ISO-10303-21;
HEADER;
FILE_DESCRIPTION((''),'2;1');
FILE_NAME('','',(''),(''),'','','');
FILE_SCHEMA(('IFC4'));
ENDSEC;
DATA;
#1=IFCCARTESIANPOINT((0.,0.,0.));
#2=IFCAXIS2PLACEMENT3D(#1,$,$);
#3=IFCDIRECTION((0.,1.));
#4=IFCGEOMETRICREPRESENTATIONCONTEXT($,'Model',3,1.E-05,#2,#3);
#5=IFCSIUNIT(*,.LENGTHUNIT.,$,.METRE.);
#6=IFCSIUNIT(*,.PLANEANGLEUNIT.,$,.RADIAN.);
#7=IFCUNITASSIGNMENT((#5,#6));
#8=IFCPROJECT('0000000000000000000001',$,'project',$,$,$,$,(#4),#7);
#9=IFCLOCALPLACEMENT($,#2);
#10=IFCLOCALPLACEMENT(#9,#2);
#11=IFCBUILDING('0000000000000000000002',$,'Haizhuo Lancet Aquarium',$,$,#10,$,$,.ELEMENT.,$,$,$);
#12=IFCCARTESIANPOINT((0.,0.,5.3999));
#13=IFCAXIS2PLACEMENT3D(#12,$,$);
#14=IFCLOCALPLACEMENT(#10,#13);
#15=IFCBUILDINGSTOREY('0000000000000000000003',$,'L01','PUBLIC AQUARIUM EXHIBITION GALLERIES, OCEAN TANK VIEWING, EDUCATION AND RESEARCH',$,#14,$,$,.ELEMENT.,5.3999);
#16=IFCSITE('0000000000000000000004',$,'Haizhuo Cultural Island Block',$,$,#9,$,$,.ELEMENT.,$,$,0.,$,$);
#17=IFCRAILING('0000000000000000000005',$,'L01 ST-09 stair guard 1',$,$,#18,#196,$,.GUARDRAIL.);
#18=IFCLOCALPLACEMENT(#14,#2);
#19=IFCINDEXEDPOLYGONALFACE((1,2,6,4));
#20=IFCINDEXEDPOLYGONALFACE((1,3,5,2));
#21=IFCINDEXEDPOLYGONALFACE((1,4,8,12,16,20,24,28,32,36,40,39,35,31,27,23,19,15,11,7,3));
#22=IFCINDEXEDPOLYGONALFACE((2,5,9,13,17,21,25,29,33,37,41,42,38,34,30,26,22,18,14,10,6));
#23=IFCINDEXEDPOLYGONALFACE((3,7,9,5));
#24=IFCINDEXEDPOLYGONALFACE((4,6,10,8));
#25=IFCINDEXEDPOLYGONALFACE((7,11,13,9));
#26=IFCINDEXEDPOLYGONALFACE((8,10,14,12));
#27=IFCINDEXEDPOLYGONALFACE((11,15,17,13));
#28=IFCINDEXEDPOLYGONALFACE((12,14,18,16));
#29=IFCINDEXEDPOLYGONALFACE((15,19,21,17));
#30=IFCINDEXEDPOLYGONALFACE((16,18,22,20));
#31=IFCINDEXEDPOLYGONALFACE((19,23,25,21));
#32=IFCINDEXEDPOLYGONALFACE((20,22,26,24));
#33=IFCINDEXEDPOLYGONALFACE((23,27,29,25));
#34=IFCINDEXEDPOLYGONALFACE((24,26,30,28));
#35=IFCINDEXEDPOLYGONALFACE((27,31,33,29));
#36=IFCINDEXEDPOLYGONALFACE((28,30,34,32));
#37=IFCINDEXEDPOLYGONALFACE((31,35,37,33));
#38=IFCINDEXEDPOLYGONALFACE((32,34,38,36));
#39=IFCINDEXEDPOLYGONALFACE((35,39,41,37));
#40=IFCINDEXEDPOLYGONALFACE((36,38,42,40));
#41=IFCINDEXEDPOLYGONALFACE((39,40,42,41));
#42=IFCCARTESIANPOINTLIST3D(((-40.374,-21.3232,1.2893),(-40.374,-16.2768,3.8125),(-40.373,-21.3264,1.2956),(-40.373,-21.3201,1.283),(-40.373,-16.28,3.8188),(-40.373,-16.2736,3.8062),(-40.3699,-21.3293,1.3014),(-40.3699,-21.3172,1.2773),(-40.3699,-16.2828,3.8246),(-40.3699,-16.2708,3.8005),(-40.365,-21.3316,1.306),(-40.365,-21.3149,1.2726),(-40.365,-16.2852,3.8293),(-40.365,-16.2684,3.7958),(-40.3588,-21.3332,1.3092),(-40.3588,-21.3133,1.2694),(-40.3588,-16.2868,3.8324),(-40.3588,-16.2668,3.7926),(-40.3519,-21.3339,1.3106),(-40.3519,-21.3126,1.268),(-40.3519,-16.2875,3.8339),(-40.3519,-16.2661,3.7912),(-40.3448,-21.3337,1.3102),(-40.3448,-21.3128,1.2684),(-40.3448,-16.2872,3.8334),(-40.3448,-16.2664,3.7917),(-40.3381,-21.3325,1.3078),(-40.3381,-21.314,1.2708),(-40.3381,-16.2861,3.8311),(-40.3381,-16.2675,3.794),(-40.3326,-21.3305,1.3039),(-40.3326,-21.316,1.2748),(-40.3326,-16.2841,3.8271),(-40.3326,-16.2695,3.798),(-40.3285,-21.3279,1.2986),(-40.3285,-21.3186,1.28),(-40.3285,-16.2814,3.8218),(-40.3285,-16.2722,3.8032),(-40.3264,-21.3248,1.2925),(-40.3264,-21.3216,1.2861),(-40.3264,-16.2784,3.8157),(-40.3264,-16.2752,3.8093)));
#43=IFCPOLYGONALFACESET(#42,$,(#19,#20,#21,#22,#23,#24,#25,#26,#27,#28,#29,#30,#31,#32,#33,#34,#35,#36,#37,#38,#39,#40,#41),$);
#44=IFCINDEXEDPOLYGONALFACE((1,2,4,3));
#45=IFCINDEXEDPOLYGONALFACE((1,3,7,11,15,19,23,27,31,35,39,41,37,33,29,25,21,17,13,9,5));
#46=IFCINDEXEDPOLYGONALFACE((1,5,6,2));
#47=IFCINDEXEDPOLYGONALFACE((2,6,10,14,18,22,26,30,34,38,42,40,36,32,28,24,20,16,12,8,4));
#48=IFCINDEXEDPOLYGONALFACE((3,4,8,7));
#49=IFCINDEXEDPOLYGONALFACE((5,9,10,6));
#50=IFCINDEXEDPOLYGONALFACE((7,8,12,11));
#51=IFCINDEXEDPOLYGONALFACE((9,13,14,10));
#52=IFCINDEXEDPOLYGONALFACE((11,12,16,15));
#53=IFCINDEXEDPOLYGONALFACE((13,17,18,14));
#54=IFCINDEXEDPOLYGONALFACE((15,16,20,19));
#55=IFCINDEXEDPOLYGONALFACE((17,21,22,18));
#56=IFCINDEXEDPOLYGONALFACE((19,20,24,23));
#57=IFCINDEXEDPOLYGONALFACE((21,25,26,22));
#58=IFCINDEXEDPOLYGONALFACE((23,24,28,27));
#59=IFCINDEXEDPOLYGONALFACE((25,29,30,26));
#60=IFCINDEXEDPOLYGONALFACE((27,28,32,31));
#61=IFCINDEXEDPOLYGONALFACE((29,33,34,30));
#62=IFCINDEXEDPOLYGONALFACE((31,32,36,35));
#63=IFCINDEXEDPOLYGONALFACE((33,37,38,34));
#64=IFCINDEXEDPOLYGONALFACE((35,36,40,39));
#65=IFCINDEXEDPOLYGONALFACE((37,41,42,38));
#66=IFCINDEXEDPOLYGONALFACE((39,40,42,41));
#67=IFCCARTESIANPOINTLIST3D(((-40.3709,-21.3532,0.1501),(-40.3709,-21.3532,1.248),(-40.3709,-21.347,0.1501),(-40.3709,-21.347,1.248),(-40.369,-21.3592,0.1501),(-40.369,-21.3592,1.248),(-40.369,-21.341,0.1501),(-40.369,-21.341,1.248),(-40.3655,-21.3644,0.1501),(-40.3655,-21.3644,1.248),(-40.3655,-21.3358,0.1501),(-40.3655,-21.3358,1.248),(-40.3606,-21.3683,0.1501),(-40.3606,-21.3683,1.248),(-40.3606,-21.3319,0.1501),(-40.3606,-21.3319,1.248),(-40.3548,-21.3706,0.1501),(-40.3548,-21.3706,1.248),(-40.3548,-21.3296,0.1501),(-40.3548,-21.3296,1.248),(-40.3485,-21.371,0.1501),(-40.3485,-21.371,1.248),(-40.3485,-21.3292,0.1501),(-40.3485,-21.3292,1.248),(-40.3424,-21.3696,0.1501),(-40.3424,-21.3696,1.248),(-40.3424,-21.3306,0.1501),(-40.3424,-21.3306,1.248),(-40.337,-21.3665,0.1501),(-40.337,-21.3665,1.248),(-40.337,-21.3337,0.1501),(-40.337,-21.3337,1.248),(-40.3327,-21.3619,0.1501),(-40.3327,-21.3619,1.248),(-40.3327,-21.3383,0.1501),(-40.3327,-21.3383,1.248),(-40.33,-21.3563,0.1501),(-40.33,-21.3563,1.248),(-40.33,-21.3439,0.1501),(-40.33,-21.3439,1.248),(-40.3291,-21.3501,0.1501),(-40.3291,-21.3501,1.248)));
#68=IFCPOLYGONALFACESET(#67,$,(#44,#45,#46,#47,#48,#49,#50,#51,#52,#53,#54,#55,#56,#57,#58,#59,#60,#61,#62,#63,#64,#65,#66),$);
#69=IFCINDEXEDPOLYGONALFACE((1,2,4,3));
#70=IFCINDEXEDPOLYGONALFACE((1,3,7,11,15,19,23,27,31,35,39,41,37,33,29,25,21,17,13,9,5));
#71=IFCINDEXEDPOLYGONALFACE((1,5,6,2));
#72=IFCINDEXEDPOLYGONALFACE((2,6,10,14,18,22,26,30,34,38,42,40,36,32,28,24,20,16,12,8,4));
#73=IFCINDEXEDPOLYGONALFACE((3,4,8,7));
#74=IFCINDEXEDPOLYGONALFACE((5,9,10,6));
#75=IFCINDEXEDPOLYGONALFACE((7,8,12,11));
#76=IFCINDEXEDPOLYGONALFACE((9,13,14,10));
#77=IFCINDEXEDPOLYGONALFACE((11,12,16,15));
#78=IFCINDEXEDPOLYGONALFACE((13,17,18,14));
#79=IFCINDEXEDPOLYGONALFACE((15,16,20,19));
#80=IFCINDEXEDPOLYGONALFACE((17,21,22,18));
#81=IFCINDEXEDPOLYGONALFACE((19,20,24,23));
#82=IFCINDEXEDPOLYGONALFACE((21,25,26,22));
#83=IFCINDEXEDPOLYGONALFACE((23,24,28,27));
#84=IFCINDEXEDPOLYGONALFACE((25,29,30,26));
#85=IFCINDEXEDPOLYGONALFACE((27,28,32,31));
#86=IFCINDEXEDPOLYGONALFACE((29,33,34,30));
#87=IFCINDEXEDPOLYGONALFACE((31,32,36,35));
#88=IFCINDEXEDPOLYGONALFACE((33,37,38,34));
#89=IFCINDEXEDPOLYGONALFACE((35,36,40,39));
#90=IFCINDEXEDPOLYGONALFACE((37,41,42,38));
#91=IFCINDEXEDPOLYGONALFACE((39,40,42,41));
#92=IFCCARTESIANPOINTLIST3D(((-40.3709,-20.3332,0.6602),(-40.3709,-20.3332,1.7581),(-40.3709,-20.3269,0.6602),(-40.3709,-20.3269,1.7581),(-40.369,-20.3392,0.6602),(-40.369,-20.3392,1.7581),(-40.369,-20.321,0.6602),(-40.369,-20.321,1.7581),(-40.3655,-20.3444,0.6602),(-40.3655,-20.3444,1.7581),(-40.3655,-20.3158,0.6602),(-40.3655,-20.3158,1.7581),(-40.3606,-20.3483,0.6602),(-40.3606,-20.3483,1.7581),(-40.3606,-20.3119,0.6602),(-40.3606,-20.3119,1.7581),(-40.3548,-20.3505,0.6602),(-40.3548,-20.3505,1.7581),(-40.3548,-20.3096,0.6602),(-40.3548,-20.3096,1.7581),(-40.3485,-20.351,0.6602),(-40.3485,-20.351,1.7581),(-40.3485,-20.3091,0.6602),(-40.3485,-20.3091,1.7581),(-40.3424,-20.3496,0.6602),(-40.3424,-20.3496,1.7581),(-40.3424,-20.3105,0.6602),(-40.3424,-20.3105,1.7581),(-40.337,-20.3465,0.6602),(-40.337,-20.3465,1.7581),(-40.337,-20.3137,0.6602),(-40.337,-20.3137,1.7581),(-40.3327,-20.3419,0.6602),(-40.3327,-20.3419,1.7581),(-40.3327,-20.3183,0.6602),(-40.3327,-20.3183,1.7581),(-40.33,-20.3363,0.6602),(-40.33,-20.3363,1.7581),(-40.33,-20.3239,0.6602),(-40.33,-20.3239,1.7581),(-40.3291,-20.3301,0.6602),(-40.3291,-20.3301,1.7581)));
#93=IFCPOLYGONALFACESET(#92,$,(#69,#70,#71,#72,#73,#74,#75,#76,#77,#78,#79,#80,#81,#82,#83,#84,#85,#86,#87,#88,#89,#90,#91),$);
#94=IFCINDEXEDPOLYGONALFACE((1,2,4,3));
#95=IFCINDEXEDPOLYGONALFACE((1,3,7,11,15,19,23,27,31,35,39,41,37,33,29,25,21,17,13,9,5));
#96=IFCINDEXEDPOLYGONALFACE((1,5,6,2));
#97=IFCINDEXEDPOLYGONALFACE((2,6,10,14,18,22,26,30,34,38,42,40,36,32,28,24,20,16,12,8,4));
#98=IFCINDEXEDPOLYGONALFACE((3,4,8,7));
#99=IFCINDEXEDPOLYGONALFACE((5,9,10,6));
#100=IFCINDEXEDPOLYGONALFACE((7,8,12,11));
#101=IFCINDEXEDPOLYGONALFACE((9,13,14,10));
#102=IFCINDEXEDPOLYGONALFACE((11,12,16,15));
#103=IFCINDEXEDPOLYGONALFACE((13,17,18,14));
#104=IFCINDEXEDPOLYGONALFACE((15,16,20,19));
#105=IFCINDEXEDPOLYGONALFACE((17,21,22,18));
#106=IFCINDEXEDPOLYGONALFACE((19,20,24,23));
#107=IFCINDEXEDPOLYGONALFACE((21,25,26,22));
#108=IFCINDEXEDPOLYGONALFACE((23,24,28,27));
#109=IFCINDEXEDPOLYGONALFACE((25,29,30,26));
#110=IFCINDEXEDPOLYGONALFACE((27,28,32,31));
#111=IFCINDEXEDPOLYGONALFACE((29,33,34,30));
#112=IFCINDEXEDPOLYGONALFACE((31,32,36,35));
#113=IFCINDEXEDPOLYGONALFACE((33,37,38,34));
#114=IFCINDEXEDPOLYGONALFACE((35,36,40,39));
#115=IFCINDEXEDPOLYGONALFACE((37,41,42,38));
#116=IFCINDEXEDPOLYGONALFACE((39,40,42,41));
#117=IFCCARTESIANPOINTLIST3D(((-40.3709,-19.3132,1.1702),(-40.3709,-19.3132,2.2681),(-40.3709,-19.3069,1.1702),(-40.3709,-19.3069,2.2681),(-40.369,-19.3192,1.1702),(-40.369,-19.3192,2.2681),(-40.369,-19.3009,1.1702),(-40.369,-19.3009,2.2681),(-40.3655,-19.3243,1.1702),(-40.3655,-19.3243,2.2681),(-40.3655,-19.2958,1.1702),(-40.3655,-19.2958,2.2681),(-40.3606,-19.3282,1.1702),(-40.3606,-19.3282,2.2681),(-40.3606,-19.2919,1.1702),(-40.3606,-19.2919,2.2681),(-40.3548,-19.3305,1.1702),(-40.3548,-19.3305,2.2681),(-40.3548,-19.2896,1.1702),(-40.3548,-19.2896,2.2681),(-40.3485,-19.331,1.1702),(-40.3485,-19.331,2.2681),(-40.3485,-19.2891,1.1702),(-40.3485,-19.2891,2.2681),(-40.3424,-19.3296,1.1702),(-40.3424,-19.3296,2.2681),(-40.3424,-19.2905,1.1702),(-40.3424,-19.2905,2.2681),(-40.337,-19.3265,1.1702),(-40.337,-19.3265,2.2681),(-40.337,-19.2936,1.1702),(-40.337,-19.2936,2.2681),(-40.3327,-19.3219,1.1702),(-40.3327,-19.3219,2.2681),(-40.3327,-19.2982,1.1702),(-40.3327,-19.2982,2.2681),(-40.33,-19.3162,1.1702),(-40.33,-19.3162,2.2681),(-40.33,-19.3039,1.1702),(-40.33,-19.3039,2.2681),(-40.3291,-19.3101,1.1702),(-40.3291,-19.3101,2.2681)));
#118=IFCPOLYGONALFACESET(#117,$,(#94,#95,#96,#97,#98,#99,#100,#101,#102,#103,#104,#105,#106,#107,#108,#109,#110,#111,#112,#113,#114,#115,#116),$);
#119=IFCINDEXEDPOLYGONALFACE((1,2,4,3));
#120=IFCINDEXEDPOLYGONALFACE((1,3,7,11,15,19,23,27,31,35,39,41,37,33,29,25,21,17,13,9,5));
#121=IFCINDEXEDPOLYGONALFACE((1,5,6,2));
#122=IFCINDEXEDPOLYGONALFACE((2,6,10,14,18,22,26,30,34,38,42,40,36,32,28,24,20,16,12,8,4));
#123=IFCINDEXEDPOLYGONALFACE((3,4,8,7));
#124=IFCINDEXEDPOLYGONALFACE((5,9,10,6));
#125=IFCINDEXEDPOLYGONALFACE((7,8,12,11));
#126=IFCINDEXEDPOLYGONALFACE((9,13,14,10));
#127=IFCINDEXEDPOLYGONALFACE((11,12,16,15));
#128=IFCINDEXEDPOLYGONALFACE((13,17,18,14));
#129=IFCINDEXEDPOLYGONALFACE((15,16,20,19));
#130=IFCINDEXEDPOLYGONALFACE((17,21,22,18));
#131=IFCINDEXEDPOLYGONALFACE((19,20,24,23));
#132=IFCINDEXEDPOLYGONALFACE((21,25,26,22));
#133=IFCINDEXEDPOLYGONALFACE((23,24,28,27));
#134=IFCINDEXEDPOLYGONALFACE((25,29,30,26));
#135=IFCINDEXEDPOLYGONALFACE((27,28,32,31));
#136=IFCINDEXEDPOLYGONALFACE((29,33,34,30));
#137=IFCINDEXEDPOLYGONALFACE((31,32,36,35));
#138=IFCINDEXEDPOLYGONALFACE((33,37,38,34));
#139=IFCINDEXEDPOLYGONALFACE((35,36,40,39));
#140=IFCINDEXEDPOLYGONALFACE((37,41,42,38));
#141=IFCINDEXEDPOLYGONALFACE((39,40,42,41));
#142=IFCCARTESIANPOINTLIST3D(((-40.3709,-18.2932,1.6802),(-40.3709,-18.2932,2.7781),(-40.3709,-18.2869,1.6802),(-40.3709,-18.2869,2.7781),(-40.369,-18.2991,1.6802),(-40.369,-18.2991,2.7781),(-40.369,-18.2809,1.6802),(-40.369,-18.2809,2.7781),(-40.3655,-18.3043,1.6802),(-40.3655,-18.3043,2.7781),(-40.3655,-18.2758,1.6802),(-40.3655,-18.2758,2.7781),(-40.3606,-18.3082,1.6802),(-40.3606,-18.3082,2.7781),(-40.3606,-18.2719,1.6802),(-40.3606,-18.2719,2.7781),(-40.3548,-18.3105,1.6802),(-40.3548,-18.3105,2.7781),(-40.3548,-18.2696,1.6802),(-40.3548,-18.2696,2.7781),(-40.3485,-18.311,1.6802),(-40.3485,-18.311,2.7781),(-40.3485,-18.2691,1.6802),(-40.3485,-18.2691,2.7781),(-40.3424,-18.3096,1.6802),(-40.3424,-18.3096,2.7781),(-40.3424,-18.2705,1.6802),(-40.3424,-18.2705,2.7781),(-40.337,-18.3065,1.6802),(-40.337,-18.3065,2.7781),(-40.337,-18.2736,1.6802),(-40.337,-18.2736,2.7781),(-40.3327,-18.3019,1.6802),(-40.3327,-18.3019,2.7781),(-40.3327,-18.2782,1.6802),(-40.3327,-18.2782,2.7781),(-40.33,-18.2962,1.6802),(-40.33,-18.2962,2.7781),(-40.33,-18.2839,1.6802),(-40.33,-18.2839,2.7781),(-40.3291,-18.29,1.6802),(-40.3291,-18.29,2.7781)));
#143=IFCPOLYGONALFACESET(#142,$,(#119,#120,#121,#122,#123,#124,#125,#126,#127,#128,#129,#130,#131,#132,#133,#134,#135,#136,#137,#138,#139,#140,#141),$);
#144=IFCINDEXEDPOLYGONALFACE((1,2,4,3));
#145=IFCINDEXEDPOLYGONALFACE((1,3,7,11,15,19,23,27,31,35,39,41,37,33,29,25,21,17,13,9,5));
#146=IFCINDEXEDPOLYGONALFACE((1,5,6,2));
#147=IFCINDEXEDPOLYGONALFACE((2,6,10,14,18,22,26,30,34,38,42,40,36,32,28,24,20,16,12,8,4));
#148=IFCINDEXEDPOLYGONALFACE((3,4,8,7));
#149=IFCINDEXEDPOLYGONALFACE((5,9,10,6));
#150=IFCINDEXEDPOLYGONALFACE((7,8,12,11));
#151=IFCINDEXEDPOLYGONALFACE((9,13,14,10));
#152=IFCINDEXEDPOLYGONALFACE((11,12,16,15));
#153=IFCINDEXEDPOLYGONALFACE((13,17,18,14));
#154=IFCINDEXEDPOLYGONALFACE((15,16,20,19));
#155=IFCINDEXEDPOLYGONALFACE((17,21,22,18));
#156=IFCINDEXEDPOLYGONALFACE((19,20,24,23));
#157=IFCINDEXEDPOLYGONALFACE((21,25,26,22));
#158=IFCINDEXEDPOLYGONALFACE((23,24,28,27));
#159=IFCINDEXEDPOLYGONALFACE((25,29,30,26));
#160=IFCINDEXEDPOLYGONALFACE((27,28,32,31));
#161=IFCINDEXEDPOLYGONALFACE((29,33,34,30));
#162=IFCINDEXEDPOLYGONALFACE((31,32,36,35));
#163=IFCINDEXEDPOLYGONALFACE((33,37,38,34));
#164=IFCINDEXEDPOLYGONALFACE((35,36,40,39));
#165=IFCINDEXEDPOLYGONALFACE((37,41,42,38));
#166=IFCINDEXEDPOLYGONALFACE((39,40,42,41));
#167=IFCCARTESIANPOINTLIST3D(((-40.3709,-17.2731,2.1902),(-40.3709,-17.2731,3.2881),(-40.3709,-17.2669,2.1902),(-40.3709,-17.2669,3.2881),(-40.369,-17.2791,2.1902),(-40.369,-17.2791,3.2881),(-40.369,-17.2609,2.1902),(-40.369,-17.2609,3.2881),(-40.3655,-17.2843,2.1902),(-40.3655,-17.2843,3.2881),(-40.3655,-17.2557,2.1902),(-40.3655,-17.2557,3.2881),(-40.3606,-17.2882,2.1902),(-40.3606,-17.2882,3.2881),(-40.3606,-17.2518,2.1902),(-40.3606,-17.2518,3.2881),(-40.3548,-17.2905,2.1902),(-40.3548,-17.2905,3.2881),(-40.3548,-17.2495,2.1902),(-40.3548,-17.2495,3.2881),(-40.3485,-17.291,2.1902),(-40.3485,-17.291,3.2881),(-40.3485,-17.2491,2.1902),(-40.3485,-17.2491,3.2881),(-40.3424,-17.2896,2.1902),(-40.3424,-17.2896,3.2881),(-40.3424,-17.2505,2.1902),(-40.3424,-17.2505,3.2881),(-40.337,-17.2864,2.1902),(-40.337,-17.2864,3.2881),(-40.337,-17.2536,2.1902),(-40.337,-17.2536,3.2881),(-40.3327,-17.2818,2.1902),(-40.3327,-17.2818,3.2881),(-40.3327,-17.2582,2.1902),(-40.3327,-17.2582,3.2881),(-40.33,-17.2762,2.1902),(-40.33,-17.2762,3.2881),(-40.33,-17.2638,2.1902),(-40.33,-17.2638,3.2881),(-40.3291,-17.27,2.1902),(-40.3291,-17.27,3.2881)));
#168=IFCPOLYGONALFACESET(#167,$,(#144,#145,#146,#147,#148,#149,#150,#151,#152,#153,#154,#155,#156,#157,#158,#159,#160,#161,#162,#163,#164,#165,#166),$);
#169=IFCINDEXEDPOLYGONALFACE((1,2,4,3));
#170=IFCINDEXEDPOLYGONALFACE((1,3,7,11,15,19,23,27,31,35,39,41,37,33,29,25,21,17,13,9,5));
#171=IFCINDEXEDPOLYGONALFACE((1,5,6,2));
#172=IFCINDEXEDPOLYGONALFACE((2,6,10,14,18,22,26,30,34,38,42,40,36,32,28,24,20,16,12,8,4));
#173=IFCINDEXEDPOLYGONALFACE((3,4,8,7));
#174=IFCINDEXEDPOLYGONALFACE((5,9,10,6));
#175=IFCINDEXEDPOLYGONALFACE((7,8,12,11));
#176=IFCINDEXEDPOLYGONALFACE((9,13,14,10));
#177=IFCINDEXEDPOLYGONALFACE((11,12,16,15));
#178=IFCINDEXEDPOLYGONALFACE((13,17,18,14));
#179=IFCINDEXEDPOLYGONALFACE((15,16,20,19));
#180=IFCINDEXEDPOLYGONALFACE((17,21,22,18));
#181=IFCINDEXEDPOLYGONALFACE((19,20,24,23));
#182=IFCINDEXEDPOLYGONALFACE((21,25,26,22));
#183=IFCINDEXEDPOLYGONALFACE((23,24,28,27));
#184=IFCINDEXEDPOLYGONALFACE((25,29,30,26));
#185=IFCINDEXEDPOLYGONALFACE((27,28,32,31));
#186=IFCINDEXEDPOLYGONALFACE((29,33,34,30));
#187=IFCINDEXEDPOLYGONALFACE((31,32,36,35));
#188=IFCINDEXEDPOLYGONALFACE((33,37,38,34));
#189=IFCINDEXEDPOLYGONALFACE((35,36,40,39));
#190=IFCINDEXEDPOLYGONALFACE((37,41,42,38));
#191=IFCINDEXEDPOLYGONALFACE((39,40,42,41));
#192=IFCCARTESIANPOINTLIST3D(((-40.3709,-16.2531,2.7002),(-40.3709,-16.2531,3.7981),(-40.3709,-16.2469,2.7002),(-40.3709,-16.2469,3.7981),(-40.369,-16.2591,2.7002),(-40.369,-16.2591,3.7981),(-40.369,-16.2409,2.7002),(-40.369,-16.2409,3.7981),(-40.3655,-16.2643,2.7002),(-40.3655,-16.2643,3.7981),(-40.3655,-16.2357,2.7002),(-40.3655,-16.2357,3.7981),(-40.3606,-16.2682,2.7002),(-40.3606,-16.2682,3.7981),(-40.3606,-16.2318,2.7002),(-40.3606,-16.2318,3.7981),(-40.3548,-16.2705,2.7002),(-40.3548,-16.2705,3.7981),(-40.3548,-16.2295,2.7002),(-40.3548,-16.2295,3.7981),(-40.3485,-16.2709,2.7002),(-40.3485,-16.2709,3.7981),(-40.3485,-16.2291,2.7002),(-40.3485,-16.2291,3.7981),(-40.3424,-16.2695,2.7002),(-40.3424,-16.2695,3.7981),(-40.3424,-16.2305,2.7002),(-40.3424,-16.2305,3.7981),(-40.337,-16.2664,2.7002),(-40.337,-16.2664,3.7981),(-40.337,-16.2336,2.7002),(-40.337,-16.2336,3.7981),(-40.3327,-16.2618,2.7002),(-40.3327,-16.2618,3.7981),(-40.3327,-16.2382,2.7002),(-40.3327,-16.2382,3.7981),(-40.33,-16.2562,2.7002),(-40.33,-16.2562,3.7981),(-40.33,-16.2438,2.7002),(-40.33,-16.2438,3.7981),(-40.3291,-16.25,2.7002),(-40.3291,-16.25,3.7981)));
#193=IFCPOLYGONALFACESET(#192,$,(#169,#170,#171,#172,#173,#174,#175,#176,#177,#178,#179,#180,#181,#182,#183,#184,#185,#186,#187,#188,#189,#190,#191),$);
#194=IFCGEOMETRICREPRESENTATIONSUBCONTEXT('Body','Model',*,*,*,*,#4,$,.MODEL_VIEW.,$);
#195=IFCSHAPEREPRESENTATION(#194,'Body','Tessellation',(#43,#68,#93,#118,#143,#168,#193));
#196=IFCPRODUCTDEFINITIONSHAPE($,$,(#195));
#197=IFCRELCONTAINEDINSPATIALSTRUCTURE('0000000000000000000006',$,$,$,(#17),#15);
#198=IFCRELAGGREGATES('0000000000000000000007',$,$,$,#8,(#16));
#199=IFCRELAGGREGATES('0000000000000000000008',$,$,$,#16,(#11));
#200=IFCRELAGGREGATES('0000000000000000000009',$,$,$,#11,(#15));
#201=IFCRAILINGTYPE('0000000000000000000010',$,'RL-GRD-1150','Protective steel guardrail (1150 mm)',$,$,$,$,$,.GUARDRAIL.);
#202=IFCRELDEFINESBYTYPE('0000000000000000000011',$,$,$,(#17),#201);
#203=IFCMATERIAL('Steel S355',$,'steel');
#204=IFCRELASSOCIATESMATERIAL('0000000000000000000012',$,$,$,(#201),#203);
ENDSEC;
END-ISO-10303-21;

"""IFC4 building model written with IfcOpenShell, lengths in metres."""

from ifc_helpers import new_model, si_unit, direction, frame, origin, origin_2d, place, context, subcontext, project, spatial, circle, extrude, material, type_object, element, save


model = new_model("IFC4")

# Units and contexts
model_context = context("Model", 3, precision=1e-05, world=origin(), true_north=direction((0.0, 1.0)))
body_context = subcontext(model_context, "Body", "Model", "MODEL_VIEW")
ifc_project = project(units=[si_unit("LENGTHUNIT", "METRE"), si_unit("PLANEANGLEUNIT", "RADIAN")], contexts=[model_context])

# Site, building, storey
site_placement = place(None, origin())
site = spatial("IfcSite", under=ifc_project, at=site_placement, Name="Haizhuo Cultural Island Block", CompositionType="ELEMENT", RefElevation=0.0)
building_placement = place(site_placement, origin())
building = spatial("IfcBuilding", under=site, at=building_placement, Name="Haizhuo Lancet Aquarium", CompositionType="ELEMENT")
storey_placement = place(building_placement, frame((0.0, 0.0, 5.3999)))
storey = spatial("IfcBuildingStorey", under=building, at=storey_placement, Name="L01", Description="PUBLIC AQUARIUM EXHIBITION GALLERIES, OCEAN TANK VIEWING, EDUCATION AND RESEARCH", CompositionType="ELEMENT", Elevation=5.3999)

# Shared definitions
ifc_material_1 = material(Name="Steel S355", Category="steel")

# Railing
railing_type_1 = type_object("IfcRailingType", Name="RL-GRD-1150", Description="Protective steel guardrail (1150 mm)", PredefinedType="GUARDRAIL", material=ifc_material_1)
railing_1_placement = place(storey_placement, frame((-40.3501, -21.3501, 0.1501)))
element("IfcRailing", 1, at=railing_1_placement, inside=storey, type_object=railing_type_1, Name="L01 ST-09 stair guard 1", PredefinedType="GUARDRAIL", context=body_context, shape_type="SweptSolid", body=[
    extrude(circle(Radius=0.0239, at=origin_2d()), frame((0.0, 0.0269, 1.1392), z_axis=(0.0, 0.894427, 0.447214), x_axis=(-1.0, 0.0, 0.0)), (0.0, 0.0, 1.0), 5.6421),
    extrude(circle(Radius=0.021, at=origin_2d()), origin(), (0.0, 0.0, 1.0), 1.0979),
    extrude(circle(Radius=0.021, at=origin_2d()), frame((0.0, 1.02, 0.51)), (0.0, 0.0, 1.0), 1.0979),
    extrude(circle(Radius=0.021, at=origin_2d()), frame((0.0, 2.04, 1.02)), (0.0, 0.0, 1.0), 1.0979),
    extrude(circle(Radius=0.021, at=origin_2d()), frame((0.0, 3.0601, 1.53)), (0.0, 0.0, 1.0), 1.0979),
    extrude(circle(Radius=0.021, at=origin_2d()), frame((0.0, 4.0801, 2.04)), (0.0, 0.0, 1.0), 1.0979),
    extrude(circle(Radius=0.021, at=origin_2d()), frame((0.0, 5.1001, 2.55)), (0.0, 0.0, 1.0), 1.0979),
])

save(model, "model.ifc")
